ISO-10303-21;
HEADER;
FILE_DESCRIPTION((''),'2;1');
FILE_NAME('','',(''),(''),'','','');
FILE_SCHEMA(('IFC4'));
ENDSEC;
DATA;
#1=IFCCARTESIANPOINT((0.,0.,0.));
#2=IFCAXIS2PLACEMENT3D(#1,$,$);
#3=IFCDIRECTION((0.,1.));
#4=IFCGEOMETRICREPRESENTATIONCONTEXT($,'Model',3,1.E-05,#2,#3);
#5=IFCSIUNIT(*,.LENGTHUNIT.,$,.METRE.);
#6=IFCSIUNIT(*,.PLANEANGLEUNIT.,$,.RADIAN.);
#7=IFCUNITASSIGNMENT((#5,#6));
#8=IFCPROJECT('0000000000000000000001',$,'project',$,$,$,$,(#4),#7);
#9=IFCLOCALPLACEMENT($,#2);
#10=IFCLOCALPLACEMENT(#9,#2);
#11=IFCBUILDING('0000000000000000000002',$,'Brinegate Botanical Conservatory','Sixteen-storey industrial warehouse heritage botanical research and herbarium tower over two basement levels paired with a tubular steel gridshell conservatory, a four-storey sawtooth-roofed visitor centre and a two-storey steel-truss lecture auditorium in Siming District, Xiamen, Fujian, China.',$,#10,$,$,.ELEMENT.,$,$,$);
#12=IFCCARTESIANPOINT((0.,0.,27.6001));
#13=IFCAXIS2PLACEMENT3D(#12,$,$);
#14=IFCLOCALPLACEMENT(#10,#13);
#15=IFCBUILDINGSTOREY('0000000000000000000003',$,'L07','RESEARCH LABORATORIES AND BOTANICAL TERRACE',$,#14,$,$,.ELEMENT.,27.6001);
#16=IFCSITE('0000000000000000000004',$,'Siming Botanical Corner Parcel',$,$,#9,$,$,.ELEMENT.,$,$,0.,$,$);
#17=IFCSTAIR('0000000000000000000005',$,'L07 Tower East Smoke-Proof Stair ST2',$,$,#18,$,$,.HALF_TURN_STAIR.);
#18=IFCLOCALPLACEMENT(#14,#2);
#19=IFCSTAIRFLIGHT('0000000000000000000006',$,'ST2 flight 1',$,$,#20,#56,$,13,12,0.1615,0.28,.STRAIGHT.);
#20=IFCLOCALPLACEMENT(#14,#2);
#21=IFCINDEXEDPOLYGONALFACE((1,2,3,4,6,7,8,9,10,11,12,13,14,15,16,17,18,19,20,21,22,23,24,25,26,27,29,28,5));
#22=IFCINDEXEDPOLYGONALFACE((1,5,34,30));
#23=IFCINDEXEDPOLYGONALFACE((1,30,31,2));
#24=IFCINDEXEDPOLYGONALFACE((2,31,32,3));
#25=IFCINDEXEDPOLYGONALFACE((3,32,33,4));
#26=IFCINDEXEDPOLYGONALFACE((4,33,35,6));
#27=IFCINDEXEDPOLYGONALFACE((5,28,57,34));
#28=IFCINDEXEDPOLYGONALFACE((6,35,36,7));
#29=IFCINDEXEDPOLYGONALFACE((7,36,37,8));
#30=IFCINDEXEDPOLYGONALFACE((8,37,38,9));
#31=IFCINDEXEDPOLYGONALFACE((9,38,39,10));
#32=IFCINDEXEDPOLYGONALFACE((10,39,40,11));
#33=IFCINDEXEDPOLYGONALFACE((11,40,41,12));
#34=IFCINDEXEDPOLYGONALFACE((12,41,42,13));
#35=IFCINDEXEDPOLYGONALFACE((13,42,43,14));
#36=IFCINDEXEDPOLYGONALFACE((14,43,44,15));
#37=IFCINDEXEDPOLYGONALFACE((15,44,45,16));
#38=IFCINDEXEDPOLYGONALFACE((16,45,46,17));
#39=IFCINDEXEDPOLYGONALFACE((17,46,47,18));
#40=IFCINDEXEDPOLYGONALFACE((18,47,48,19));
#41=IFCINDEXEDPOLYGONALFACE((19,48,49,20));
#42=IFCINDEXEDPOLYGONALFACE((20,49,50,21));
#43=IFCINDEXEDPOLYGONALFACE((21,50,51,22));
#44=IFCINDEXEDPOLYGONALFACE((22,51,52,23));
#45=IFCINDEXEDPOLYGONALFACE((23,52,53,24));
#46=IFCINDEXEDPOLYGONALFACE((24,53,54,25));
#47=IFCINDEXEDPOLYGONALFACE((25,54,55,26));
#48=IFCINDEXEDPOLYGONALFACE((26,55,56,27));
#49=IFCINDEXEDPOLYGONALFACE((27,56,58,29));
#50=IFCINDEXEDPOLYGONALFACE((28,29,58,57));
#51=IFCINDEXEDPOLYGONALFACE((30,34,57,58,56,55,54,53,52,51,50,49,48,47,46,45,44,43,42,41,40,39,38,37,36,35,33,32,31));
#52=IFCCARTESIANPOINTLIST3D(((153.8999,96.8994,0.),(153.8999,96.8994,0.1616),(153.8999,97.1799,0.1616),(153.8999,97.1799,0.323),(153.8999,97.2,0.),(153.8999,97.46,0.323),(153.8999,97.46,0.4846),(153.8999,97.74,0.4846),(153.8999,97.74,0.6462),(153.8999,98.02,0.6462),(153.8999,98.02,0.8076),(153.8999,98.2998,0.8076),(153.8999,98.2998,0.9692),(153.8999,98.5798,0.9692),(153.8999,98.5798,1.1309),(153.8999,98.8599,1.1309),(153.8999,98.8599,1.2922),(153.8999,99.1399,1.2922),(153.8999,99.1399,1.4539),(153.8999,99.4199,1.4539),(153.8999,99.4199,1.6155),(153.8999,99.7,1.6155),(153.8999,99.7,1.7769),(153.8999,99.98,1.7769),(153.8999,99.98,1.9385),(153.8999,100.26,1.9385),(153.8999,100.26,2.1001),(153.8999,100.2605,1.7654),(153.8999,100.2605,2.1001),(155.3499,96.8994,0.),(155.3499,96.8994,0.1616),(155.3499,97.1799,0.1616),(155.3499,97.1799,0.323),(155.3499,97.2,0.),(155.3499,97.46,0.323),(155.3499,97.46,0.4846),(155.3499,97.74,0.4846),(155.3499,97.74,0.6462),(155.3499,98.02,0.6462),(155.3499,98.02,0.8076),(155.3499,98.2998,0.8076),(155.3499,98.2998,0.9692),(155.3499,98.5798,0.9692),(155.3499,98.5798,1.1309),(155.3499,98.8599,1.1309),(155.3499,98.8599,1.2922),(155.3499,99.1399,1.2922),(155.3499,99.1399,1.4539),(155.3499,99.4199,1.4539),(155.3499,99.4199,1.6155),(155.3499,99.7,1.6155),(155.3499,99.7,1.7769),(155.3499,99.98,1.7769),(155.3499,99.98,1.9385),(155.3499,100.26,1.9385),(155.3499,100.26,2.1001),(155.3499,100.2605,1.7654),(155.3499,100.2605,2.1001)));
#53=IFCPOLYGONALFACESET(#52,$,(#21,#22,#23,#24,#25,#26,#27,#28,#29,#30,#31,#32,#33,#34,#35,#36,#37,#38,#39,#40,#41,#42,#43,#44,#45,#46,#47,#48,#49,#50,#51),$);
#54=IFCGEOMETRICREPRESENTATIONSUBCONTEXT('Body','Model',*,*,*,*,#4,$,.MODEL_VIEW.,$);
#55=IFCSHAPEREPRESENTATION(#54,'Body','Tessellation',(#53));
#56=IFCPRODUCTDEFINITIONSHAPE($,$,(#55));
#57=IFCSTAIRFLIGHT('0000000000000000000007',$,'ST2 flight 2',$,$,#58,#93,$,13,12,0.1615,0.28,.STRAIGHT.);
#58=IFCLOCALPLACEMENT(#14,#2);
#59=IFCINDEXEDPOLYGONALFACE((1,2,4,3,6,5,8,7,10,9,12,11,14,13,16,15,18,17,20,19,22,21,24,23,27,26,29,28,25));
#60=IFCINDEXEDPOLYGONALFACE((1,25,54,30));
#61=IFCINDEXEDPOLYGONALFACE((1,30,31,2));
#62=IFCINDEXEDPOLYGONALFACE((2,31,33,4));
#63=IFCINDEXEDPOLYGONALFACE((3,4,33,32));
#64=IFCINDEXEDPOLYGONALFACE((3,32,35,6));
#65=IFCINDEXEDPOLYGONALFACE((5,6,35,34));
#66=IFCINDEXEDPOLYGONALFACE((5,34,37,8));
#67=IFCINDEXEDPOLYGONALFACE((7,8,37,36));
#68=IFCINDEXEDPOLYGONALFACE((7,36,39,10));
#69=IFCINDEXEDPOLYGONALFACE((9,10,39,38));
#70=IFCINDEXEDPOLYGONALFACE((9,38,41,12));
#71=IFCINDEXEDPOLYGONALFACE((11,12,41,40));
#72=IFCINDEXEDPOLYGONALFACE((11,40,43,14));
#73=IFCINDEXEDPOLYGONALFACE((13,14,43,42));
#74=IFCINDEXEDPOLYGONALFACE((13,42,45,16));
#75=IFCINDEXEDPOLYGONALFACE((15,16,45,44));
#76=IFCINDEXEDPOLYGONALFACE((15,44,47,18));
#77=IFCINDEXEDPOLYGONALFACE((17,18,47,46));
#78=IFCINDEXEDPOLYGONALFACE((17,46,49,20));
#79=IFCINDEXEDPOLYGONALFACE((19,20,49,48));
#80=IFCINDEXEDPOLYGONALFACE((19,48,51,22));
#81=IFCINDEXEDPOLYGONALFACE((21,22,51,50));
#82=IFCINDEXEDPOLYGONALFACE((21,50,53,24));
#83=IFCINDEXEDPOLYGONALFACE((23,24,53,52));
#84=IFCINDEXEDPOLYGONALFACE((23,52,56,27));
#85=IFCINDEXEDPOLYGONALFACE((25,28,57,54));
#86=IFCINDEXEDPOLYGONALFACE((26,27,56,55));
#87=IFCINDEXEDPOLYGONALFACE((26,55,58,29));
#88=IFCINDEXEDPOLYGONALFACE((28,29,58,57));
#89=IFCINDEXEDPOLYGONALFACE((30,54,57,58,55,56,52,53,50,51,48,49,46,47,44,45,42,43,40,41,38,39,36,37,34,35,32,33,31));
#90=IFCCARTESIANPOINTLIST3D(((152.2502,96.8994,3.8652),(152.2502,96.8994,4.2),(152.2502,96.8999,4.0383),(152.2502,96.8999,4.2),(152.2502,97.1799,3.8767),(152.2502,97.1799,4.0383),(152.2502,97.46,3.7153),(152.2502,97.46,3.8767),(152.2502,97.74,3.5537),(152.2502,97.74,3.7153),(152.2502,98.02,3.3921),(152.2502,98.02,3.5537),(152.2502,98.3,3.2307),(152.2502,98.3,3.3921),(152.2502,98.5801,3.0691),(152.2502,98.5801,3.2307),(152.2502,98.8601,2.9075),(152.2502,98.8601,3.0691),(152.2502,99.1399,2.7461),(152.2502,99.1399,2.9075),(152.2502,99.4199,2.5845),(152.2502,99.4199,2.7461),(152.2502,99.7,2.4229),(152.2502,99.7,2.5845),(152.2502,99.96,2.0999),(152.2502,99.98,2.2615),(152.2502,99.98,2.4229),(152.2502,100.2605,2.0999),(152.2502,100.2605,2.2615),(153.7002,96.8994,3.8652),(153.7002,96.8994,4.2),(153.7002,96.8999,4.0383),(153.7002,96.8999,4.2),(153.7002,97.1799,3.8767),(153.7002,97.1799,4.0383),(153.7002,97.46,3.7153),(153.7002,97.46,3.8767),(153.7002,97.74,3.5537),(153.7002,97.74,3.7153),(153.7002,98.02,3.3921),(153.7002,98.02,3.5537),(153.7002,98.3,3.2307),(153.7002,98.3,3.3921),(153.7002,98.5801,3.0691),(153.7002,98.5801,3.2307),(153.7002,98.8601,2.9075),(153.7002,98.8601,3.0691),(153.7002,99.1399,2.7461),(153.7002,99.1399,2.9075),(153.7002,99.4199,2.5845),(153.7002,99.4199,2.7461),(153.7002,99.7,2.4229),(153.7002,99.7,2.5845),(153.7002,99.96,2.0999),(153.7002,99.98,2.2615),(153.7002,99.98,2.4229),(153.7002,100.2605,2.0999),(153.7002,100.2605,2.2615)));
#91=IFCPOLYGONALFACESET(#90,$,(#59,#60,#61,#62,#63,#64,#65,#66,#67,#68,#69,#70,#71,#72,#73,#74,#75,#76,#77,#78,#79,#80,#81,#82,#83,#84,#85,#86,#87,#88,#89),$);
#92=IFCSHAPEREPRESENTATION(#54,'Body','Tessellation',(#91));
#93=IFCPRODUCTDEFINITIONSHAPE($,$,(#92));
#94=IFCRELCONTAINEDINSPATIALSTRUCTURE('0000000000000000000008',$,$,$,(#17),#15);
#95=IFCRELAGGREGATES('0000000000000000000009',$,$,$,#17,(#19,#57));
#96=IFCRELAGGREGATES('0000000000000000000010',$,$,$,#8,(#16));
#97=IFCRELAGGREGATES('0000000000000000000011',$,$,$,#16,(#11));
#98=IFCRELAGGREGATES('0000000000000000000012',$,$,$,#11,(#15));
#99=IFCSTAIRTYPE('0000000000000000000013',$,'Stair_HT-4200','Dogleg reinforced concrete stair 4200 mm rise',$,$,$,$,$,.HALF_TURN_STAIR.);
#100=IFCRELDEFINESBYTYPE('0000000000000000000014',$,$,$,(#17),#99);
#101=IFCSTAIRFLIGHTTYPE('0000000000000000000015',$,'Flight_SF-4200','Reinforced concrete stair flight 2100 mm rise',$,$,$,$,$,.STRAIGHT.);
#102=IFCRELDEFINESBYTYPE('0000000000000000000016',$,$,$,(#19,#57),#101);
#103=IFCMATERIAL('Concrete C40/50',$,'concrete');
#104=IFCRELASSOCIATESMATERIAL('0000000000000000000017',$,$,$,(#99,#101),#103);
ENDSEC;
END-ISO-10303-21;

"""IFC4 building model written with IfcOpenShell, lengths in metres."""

from ifc_helpers import new_model, si_unit, direction, frame, origin, place, context, subcontext, project, spatial, polyline, outline, extrude, material, type_object, element, aggregate, save


model = new_model("IFC4")

# Units and contexts
model_context = context("Model", 3, precision=1e-05, world=origin(), true_north=direction((0.0, 1.0)))
body_context = subcontext(model_context, "Body", "Model", "MODEL_VIEW")
ifc_project = project(units=[si_unit("LENGTHUNIT", "METRE"), si_unit("PLANEANGLEUNIT", "RADIAN")], contexts=[model_context])

# Site, building, storey
site_placement = place(None, origin())
site = spatial("IfcSite", under=ifc_project, at=site_placement, Name="Siming Botanical Corner Parcel", CompositionType="ELEMENT", RefElevation=0.0)
building_placement = place(site_placement, origin())
building = spatial("IfcBuilding", under=site, at=building_placement, Name="Brinegate Botanical Conservatory", Description="Sixteen-storey industrial warehouse heritage botanical research and herbarium tower over two basement levels paired with a tubular steel gridshell conservatory, a four-storey sawtooth-roofed visitor centre and a two-storey steel-truss lecture auditorium in Siming District, Xiamen, Fujian, China.", CompositionType="ELEMENT")
storey_placement = place(building_placement, frame((0.0, 0.0, 27.6001)))
storey = spatial("IfcBuildingStorey", under=building, at=storey_placement, Name="L07", Description="RESEARCH LABORATORIES AND BOTANICAL TERRACE", CompositionType="ELEMENT", Elevation=27.6001)

# Shared definitions
ifc_material_1 = material(Name="Concrete C40/50", Category="concrete")

# Stair, stair flights
stair_type = type_object("IfcStairType", Name="Stair_HT-4200", Description="Dogleg reinforced concrete stair 4200 mm rise", PredefinedType="HALF_TURN_STAIR", material=ifc_material_1)
stair_placement = place(storey_placement, origin())
stair = element("IfcStair", 1, at=stair_placement, inside=storey, type_object=stair_type, Name="L07 Tower East Smoke-Proof Stair ST2", PredefinedType="HALF_TURN_STAIR")
stair_flight_type = type_object("IfcStairFlightType", Name="Flight_SF-4200", Description="Reinforced concrete stair flight 2100 mm rise", PredefinedType="STRAIGHT", material=ifc_material_1)
stair_flight_1_placement = place(storey_placement, frame((154.625, 96.8999, 0.0), z_axis=(0.0, 0.0, 1.0), x_axis=(0.0, 1.0, 0.0)))
stair_flight_1 = element("IfcStairFlight", 2, at=stair_flight_1_placement, type_object=stair_flight_type, Name="ST2 flight 1", NumberOfRisers=13, NumberOfTreads=12, PredefinedType="STRAIGHT", RiserHeight=0.1615, TreadLength=0.28, context=body_context, shape_type="SweptSolid", body=[
    extrude(outline(polyline([(-0.0005, 0.0), (-0.0005, 0.1616), (0.28, 0.1616), (0.28, 0.323), (0.5601, 0.323), (0.5601, 0.4846), (0.8401, 0.4846), (0.8401, 0.6462), (1.1201, 0.6462), (1.1201, 0.8076), (1.3999, 0.8076), (1.3999, 0.9692), (1.6799, 0.9692), (1.6799, 1.1309), (1.96, 1.1309), (1.96, 1.2922), (2.24, 1.2922), (2.24, 1.4539), (2.52, 1.4539), (2.52, 1.6155), (2.8, 1.6155), (2.8, 1.7769), (3.0801, 1.7769), (3.0801, 1.9385), (3.3601, 1.9385), (3.3601, 2.1001), (3.3606, 2.1001), (3.3606, 1.7654), (0.3, 0.0), (-0.0005, 0.0)])), frame((0.0, 0.7251, 0.0), z_axis=(0.0, -1.0, 0.0), x_axis=(1.0, 0.0, 0.0)), (0.0, 0.0, 1.0), 1.45),
])
stair_flight_2_placement = place(storey_placement, frame((152.9751, 100.26, 2.0999), z_axis=(0.0, 0.0, 1.0), x_axis=(0.0, -1.0, 0.0)))
stair_flight_2 = element("IfcStairFlight", 3, at=stair_flight_2_placement, type_object=stair_flight_type, Name="ST2 flight 2", NumberOfRisers=13, NumberOfTreads=12, PredefinedType="STRAIGHT", RiserHeight=0.1615, TreadLength=0.28, context=body_context, shape_type="SweptSolid", body=[
    extrude(outline(polyline([(-0.0005, 0.0), (-0.0005, 0.1616), (0.28, 0.1616), (0.28, 0.323), (0.5601, 0.323), (0.5601, 0.4846), (0.8401, 0.4846), (0.8401, 0.6462), (1.1201, 0.6462), (1.1201, 0.8076), (1.3999, 0.8076), (1.3999, 0.9692), (1.6799, 0.9692), (1.6799, 1.1309), (1.96, 1.1309), (1.96, 1.2922), (2.24, 1.2922), (2.24, 1.4539), (2.52, 1.4539), (2.52, 1.6155), (2.8, 1.6155), (2.8, 1.7769), (3.0801, 1.7769), (3.0801, 1.9385), (3.3601, 1.9385), (3.3601, 2.1001), (3.3606, 2.1001), (3.3606, 1.7654), (0.3, 0.0), (-0.0005, 0.0)])), frame((0.0, 0.7251, 0.0), z_axis=(0.0, -1.0, 0.0), x_axis=(1.0, 0.0, 0.0)), (0.0, 0.0, 1.0), 1.45),
])
aggregate(stair, [stair_flight_1, stair_flight_2])

save(model, "model.ifc")
